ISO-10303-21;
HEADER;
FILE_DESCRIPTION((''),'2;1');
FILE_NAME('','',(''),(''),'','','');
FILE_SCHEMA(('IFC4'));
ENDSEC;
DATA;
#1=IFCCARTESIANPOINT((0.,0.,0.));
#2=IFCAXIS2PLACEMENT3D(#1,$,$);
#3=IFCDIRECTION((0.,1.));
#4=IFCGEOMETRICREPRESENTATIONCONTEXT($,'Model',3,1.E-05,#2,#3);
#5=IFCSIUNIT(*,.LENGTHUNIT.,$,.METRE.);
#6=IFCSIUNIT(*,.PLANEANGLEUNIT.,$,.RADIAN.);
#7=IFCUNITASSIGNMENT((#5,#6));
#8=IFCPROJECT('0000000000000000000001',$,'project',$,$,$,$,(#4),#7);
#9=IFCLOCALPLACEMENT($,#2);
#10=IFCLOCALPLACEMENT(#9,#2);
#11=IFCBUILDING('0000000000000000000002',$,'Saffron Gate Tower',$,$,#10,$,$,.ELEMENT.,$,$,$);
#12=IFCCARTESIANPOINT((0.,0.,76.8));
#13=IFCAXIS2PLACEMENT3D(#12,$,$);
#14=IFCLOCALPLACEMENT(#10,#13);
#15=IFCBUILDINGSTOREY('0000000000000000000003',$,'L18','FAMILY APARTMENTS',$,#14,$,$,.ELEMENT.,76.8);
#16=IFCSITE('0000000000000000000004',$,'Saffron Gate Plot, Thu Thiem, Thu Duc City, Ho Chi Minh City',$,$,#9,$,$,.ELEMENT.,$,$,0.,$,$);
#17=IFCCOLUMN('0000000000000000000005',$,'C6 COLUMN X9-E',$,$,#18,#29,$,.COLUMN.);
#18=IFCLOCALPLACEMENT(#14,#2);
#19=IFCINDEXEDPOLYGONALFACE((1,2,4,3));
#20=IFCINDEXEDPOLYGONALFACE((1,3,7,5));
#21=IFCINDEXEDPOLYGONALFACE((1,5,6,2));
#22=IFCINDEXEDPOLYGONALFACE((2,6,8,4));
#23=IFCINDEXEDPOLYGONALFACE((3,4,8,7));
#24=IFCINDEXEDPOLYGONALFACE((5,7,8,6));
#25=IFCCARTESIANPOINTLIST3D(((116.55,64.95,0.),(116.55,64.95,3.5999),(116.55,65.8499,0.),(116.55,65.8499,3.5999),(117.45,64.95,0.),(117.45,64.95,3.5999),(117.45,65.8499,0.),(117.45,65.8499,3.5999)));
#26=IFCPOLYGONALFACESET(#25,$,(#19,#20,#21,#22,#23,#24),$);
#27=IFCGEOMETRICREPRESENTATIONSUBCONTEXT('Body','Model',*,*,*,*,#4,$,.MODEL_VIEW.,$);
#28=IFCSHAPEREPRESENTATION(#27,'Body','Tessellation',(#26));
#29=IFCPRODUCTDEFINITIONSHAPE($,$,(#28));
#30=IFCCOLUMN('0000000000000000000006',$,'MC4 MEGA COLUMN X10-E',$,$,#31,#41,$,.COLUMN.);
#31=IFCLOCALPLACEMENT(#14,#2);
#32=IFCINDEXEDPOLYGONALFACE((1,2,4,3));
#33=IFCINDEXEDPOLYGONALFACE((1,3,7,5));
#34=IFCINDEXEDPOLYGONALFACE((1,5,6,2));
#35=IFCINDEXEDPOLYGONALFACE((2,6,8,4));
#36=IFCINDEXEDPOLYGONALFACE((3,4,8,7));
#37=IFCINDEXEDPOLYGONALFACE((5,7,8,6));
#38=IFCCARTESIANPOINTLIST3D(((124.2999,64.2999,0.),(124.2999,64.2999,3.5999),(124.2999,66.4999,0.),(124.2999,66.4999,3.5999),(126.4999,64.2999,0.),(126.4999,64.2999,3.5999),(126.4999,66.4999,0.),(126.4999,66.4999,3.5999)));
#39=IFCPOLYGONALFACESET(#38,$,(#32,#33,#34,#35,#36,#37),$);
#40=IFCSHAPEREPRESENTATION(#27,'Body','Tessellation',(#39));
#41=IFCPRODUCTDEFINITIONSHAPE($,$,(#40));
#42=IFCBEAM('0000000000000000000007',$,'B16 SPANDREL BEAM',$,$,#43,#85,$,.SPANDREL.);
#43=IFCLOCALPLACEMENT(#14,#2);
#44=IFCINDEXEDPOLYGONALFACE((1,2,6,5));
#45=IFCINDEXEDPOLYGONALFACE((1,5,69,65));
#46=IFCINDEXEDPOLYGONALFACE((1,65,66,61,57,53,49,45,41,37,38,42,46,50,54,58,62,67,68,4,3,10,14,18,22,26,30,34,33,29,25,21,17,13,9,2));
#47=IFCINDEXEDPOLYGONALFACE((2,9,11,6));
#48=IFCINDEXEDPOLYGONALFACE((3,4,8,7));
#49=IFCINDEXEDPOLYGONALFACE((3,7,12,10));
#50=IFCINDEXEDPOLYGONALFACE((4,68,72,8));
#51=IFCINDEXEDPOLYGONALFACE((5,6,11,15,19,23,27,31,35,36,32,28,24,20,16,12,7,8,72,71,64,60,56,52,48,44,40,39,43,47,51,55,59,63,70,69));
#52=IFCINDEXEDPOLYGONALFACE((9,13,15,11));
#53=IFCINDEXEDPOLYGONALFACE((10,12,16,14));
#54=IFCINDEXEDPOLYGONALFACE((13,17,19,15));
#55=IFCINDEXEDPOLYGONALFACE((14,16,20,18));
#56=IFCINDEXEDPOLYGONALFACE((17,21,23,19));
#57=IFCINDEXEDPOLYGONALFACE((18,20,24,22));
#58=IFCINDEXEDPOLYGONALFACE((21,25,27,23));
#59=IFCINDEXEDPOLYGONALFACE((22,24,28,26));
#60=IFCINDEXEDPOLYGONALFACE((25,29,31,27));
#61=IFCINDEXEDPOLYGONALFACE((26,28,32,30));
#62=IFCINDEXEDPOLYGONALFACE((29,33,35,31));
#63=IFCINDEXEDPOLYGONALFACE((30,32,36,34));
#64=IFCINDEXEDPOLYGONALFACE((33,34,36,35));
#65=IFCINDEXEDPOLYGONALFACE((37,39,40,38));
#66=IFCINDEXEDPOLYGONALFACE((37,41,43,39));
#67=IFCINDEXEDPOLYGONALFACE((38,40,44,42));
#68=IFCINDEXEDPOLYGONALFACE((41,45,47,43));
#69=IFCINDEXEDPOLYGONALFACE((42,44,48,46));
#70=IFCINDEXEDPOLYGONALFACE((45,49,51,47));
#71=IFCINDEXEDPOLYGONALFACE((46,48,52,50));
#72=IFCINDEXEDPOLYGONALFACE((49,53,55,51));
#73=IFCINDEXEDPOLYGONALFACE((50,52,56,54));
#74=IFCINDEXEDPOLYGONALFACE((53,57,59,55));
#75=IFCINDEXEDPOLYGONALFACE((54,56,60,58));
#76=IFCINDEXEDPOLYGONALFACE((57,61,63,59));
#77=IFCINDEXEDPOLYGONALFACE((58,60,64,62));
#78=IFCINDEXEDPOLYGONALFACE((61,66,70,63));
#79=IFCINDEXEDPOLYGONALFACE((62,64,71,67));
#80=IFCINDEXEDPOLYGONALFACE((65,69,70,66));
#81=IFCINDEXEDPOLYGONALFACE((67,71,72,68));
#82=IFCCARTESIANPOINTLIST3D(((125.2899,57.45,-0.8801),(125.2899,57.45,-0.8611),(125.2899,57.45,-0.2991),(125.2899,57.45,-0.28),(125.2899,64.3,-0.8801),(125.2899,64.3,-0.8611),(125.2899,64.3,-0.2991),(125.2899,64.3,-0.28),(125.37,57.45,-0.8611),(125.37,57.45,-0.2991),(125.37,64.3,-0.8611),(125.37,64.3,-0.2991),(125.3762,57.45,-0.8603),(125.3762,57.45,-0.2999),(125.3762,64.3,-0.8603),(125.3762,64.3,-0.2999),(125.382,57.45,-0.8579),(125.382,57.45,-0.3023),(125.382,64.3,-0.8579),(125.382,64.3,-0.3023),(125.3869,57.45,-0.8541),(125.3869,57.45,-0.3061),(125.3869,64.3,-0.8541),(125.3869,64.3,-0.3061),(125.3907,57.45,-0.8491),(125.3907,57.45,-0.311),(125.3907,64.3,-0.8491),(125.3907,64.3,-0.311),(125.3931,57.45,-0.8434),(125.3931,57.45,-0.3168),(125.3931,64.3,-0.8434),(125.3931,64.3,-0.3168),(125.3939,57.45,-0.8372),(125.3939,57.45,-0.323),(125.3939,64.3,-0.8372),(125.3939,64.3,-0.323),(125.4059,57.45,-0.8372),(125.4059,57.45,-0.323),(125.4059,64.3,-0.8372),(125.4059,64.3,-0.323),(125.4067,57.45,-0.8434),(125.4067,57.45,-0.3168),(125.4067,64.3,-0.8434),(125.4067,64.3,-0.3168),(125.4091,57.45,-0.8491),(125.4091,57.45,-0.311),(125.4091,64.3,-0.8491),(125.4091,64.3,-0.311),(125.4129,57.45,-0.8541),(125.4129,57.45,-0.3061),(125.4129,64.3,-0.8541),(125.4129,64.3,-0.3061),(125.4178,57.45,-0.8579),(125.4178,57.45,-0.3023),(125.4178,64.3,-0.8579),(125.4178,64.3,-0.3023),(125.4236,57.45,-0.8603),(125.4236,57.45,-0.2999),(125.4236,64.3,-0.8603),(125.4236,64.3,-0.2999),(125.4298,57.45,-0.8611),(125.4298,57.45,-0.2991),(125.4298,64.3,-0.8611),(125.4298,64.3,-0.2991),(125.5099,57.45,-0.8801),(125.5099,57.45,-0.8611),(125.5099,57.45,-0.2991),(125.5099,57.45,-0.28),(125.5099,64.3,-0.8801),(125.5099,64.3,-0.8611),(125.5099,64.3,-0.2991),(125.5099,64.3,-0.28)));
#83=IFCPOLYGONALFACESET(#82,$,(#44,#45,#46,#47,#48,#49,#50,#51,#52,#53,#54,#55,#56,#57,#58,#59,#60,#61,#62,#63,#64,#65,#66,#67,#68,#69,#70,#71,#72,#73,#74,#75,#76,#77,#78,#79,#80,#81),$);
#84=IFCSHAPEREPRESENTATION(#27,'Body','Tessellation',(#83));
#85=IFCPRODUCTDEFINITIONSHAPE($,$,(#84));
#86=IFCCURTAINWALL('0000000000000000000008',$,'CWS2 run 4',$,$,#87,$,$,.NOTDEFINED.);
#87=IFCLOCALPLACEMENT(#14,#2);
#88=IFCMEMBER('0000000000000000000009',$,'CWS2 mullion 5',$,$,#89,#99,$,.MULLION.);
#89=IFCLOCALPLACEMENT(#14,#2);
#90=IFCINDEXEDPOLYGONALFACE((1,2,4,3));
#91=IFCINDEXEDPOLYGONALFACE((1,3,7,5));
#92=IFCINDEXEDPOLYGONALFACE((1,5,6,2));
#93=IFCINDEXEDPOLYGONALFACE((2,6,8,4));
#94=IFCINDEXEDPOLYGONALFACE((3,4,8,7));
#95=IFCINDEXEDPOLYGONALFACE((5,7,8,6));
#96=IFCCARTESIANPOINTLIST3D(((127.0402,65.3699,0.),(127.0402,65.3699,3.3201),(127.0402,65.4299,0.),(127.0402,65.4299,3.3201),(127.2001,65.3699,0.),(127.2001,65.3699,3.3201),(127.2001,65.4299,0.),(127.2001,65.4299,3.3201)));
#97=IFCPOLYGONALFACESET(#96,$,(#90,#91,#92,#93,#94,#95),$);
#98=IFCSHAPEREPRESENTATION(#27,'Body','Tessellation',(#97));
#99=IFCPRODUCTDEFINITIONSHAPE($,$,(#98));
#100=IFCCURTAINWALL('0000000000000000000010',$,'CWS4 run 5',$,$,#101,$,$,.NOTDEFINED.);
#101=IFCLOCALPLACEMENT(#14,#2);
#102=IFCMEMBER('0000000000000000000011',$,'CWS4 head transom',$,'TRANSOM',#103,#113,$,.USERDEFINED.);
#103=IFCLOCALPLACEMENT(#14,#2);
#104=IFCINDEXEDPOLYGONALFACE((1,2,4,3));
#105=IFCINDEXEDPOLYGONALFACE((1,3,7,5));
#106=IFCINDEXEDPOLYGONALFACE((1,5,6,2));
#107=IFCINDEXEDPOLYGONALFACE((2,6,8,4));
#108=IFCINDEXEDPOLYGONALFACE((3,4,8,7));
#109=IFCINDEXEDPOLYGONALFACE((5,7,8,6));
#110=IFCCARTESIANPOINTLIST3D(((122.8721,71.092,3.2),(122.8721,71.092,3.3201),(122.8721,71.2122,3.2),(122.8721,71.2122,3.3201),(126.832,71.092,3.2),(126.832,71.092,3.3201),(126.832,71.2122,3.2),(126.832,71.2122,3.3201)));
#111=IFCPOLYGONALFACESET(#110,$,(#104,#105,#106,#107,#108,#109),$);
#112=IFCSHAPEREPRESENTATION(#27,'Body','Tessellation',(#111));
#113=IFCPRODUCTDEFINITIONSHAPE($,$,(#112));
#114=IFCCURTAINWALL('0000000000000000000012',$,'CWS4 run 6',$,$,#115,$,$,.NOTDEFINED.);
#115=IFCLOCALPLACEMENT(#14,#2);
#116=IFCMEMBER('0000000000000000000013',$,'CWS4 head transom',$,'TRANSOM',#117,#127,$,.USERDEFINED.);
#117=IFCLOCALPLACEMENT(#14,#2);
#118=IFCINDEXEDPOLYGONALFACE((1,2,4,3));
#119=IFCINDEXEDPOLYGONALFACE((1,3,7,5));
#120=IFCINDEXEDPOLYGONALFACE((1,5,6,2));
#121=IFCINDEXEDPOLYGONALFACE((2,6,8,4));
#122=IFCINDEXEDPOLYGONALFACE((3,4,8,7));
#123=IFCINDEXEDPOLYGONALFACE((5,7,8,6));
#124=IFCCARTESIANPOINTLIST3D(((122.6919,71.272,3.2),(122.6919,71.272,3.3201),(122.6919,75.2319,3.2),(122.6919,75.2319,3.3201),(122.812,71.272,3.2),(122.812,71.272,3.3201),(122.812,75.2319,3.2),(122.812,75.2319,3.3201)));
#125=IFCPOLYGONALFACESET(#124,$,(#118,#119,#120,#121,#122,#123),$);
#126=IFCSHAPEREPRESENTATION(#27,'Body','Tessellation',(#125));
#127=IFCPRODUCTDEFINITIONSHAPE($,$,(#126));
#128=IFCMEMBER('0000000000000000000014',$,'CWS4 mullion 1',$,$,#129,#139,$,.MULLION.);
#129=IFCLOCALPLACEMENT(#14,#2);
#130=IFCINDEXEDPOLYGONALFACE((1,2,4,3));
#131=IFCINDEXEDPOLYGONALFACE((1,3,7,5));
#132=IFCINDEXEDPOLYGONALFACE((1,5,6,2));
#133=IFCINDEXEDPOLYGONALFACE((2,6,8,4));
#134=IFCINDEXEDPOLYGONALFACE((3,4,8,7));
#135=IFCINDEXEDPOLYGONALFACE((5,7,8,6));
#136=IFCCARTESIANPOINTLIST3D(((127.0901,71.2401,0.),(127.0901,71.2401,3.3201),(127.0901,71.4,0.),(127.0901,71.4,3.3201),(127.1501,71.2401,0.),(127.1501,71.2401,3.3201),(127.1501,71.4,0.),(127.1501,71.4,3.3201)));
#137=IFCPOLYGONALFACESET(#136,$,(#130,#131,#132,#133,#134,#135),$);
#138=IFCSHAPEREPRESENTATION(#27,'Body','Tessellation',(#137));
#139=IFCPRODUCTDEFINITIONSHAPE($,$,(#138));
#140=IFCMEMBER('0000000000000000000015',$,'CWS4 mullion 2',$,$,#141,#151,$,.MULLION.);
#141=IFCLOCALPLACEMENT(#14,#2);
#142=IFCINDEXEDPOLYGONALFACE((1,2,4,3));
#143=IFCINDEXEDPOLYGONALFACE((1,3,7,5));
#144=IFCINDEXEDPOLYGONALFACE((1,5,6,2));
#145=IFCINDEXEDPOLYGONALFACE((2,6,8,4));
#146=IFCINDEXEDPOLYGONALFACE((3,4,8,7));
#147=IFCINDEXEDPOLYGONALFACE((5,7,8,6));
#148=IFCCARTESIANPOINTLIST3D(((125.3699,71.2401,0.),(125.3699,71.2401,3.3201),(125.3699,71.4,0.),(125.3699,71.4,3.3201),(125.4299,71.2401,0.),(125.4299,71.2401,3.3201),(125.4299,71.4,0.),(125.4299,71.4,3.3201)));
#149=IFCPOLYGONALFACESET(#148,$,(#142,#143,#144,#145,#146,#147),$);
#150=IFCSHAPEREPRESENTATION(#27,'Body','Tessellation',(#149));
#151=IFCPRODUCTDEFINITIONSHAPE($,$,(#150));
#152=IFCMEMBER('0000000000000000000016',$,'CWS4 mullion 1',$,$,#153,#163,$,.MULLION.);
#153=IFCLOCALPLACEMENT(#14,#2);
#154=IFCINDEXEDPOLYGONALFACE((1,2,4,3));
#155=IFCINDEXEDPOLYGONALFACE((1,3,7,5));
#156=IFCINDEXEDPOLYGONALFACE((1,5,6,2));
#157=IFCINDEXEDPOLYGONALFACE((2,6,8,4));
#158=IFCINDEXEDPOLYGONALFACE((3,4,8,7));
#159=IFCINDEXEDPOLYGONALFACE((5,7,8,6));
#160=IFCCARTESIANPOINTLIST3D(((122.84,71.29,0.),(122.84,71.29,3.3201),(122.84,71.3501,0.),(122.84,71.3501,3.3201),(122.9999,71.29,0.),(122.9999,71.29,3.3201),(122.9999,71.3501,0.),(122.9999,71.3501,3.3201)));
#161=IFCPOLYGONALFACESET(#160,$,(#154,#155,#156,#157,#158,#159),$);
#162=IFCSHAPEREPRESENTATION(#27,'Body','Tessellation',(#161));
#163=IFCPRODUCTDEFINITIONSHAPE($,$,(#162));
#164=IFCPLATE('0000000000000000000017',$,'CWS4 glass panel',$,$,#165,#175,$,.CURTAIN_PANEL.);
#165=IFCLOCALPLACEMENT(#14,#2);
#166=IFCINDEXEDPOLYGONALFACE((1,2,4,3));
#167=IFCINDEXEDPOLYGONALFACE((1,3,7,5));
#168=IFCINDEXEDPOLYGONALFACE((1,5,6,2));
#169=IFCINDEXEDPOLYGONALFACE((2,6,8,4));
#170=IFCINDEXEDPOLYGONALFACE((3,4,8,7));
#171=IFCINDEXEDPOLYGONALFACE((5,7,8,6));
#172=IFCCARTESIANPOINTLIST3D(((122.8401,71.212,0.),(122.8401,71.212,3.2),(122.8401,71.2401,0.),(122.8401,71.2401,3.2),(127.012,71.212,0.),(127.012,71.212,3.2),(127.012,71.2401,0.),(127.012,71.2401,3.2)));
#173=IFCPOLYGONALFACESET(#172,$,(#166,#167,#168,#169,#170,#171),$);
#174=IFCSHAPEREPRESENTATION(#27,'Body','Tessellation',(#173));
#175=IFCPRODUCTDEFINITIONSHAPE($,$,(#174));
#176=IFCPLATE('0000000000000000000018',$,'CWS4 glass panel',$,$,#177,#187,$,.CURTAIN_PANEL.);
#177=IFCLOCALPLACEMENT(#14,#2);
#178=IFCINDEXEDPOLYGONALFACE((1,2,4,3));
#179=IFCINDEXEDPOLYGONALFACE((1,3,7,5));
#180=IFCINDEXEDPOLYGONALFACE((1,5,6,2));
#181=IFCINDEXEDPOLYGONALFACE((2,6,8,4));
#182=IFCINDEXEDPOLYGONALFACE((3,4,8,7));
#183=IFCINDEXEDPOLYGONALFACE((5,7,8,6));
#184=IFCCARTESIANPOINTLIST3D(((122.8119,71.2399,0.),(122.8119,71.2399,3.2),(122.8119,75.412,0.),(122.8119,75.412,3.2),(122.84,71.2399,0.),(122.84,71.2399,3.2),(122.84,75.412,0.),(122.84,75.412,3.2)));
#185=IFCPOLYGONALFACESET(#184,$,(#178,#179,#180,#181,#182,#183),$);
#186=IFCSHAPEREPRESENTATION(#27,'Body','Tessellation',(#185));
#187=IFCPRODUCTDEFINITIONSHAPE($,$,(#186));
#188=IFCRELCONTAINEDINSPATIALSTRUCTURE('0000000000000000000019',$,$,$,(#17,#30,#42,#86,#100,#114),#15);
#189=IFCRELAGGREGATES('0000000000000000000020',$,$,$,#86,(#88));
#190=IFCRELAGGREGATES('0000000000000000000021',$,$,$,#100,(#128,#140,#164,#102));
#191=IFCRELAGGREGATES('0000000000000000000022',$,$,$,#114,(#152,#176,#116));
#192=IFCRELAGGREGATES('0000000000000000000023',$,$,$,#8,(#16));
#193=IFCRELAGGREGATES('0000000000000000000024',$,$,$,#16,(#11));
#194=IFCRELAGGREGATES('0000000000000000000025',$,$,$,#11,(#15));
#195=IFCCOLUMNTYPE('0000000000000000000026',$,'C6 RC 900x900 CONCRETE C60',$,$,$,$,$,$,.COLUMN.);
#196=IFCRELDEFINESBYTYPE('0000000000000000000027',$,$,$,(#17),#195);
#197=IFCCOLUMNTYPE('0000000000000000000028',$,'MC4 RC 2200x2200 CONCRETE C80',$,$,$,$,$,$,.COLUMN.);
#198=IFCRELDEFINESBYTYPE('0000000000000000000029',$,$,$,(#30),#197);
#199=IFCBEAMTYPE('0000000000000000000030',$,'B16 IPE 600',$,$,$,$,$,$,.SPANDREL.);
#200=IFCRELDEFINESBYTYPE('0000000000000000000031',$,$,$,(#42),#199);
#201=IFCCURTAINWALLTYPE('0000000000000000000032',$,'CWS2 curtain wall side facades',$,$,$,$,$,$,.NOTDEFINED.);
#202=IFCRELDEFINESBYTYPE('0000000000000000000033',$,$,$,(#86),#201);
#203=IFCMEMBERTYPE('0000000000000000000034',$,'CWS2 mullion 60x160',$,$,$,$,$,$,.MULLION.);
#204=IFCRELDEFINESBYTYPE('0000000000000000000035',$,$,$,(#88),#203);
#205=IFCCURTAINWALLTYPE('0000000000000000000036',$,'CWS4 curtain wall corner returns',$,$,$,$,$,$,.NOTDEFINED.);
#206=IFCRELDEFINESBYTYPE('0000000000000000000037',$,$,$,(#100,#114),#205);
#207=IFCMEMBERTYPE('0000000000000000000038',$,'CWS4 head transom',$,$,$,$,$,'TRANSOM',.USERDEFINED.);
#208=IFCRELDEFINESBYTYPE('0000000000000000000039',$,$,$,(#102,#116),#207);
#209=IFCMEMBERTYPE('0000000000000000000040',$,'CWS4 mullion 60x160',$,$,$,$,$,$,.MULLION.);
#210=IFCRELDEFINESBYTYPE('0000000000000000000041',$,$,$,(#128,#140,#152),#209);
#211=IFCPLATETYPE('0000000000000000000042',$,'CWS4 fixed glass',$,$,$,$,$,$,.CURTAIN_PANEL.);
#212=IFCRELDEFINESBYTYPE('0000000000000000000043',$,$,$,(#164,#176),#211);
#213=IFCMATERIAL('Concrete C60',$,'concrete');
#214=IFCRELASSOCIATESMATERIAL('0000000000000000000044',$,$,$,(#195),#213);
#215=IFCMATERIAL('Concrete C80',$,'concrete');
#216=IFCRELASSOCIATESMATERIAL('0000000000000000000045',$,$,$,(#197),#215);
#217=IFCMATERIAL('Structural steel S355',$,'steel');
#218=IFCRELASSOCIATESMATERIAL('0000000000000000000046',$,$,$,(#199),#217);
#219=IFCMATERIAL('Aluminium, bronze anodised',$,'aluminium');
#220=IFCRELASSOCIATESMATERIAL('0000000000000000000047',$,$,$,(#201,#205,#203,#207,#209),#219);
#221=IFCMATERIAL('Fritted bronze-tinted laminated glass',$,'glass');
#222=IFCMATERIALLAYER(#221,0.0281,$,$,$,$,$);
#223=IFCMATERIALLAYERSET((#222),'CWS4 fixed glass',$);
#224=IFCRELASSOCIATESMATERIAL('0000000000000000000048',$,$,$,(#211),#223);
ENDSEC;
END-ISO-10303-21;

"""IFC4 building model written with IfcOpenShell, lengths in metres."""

from ifc_helpers import new_model, si_unit, direction, frame, frame_2d, origin, origin_2d, place, context, subcontext, project, spatial, rectangle, i_section, extrude, material, layer, layer_set, material_profile, profile_set, type_object, element, aggregate, save


model = new_model("IFC4")

# Units and contexts
model_context = context("Model", 3, precision=1e-05, world=origin(), true_north=direction((0.0, 1.0)))
body_context = subcontext(model_context, "Body", "Model", "MODEL_VIEW")
ifc_project = project(units=[si_unit("LENGTHUNIT", "METRE"), si_unit("PLANEANGLEUNIT", "RADIAN")], contexts=[model_context])

# Site, building, storey
site_placement = place(None, origin())
site = spatial("IfcSite", under=ifc_project, at=site_placement, Name="Saffron Gate Plot, Thu Thiem, Thu Duc City, Ho Chi Minh City", CompositionType="ELEMENT", RefElevation=0.0)
building_placement = place(site_placement, origin())
building = spatial("IfcBuilding", under=site, at=building_placement, Name="Saffron Gate Tower", CompositionType="ELEMENT")
storey_placement = place(building_placement, frame((0.0, 0.0, 76.8)))
storey = spatial("IfcBuildingStorey", under=building, at=storey_placement, Name="L18", Description="FAMILY APARTMENTS", CompositionType="ELEMENT", Elevation=76.8)

# Columns
ifc_material_1 = material(Name="Concrete C60", Category="concrete")
ifc_material_profile_1 = material_profile(ifc_material_1, rectangle(XDim=0.8999, YDim=0.8999, at=origin_2d()))
ifc_profile_set_1 = profile_set([ifc_material_profile_1], Name="Concrete C60")
column_type_1 = type_object("IfcColumnType", Name="C6 RC 900x900 CONCRETE C60", PredefinedType="COLUMN", material=ifc_profile_set_1)
column_1_placement = place(storey_placement, frame((117.0, 65.3999, 0.0), z_axis=(0.0, 0.0, 1.0), x_axis=(1.0, 0.0, 0.0)))
element("IfcColumn", 1, at=column_1_placement, inside=storey, type_object=column_type_1, Name="C6 COLUMN X9-E", PredefinedType="COLUMN", context=body_context, shape_type="SweptSolid", body=[
    extrude(rectangle(XDim=0.8999, YDim=0.8999, at=origin_2d()), origin(), (0.0, 0.0, 1.0), 3.5999),
])
ifc_material_2 = material(Name="Concrete C80", Category="concrete")
ifc_material_profile_2 = material_profile(ifc_material_2, rectangle(XDim=2.2, YDim=2.2, at=origin_2d()))
ifc_profile_set_2 = profile_set([ifc_material_profile_2], Name="Concrete C80")
column_type_2 = type_object("IfcColumnType", Name="MC4 RC 2200x2200 CONCRETE C80", PredefinedType="COLUMN", material=ifc_profile_set_2)
column_2_placement = place(storey_placement, frame((125.3999, 65.3999, 0.0), z_axis=(0.0, 0.0, 1.0), x_axis=(1.0, 0.0, 0.0)))
element("IfcColumn", 2, at=column_2_placement, inside=storey, type_object=column_type_2, Name="MC4 MEGA COLUMN X10-E", PredefinedType="COLUMN", context=body_context, shape_type="SweptSolid", body=[
    extrude(rectangle(XDim=2.2, YDim=2.2, at=origin_2d()), origin(), (0.0, 0.0, 1.0), 3.5999),
])

# Beam
ifc_material_3 = material(Name="Structural steel S355", Category="steel")
ifc_material_profile_3 = material_profile(ifc_material_3, i_section(OverallWidth=0.22, OverallDepth=0.6001, WebThickness=0.012, FlangeThickness=0.019, FilletRadius=0.0239, at=origin_2d()))
ifc_profile_set_3 = profile_set([ifc_material_profile_3], Name="Structural steel S355")
beam_type = type_object("IfcBeamType", Name="B16 IPE 600", PredefinedType="SPANDREL", material=ifc_profile_set_3)
beam_placement = place(storey_placement, frame((125.3999, 57.45, -0.5801), z_axis=(0.0, 1.0, 0.0), x_axis=(-1.0, 0.0, 0.0)))
element("IfcBeam", 3, at=beam_placement, inside=storey, type_object=beam_type, Name="B16 SPANDREL BEAM", PredefinedType="SPANDREL", context=body_context, shape_type="SweptSolid", body=[
    extrude(i_section(OverallWidth=0.22, OverallDepth=0.6001, WebThickness=0.012, FlangeThickness=0.019, FilletRadius=0.0239, at=origin_2d()), origin(), (0.0, 0.0, 1.0), 6.8501),
])

# Curtain walls, members
ifc_material_4 = material(Name="Aluminium, bronze anodised", Category="aluminium")
curtain_wall_type_1 = type_object("IfcCurtainWallType", Name="CWS2 curtain wall side facades", PredefinedType="NOTDEFINED", material=ifc_material_4)
curtain_wall_1_placement = place(storey_placement, origin())
curtain_wall_1 = element("IfcCurtainWall", 4, at=curtain_wall_1_placement, inside=storey, type_object=curtain_wall_type_1, Name="CWS2 run 4", PredefinedType="NOTDEFINED")
ifc_material_profile_4 = material_profile(ifc_material_4, rectangle(XDim=0.1599, YDim=0.0601, at=origin_2d()))
ifc_profile_set_4 = profile_set([ifc_material_profile_4], Name="Aluminium, bronze anodised")
member_type_1 = type_object("IfcMemberType", Name="CWS2 mullion 60x160", PredefinedType="MULLION", material=ifc_profile_set_4)
member_1_placement = place(storey_placement, frame((127.1201, 65.3999, 0.0), z_axis=(0.0, 0.0, 1.0), x_axis=(-1.0, 0.0, 0.0)))
member_1 = element("IfcMember", 5, at=member_1_placement, type_object=member_type_1, Name="CWS2 mullion 5", PredefinedType="MULLION", context=body_context, shape_type="SweptSolid", body=[
    extrude(rectangle(XDim=0.1599, YDim=0.0601, at=origin_2d()), origin(), (0.0, 0.0, 1.0), 3.3201),
])
aggregate(curtain_wall_1, [member_1])
curtain_wall_type_2 = type_object("IfcCurtainWallType", Name="CWS4 curtain wall corner returns", PredefinedType="NOTDEFINED", material=ifc_material_4)
curtain_wall_2_placement = place(storey_placement, origin())
curtain_wall_2 = element("IfcCurtainWall", 6, at=curtain_wall_2_placement, inside=storey, type_object=curtain_wall_type_2, Name="CWS4 run 5", PredefinedType="NOTDEFINED")
ifc_material_profile_5 = material_profile(ifc_material_4, rectangle(XDim=0.1201, YDim=0.1201, at=origin_2d()))
ifc_profile_set_5 = profile_set([ifc_material_profile_5], Name="Aluminium, bronze anodised")
member_type_2 = type_object("IfcMemberType", Name="CWS4 head transom", ElementType="TRANSOM", PredefinedType="USERDEFINED", material=ifc_profile_set_5)
member_2_placement = place(storey_placement, frame((126.832, 71.1521, 3.26), z_axis=(-1.0, 0.0, 0.0), x_axis=(0.0, -1.0, 0.0)))
member_2 = element("IfcMember", 7, at=member_2_placement, type_object=member_type_2, Name="CWS4 head transom", ObjectType="TRANSOM", PredefinedType="USERDEFINED", context=body_context, shape_type="SweptSolid", body=[
    extrude(rectangle(XDim=0.1201, YDim=0.1201, at=origin_2d()), origin(), (0.0, 0.0, 1.0), 3.96),
])
curtain_wall_3_placement = place(storey_placement, origin())
curtain_wall_3 = element("IfcCurtainWall", 8, at=curtain_wall_3_placement, inside=storey, type_object=curtain_wall_type_2, Name="CWS4 run 6", PredefinedType="NOTDEFINED")
member_3_placement = place(storey_placement, frame((122.752, 71.272, 3.26), z_axis=(0.0, 1.0, 0.0), x_axis=(-1.0, 0.0, 0.0)))
member_3 = element("IfcMember", 9, at=member_3_placement, type_object=member_type_2, Name="CWS4 head transom", ObjectType="TRANSOM", PredefinedType="USERDEFINED", context=body_context, shape_type="SweptSolid", body=[
    extrude(rectangle(XDim=0.1201, YDim=0.1201, at=origin_2d()), origin(), (0.0, 0.0, 1.0), 3.96),
])

# Members
ifc_material_profile_6 = material_profile(ifc_material_4, rectangle(XDim=0.1599, YDim=0.0601, at=origin_2d()))
ifc_profile_set_6 = profile_set([ifc_material_profile_6], Name="Aluminium, bronze anodised")
member_type_3 = type_object("IfcMemberType", Name="CWS4 mullion 60x160", PredefinedType="MULLION", material=ifc_profile_set_6)
member_4_placement = place(storey_placement, frame((127.1201, 71.3201, 0.0), z_axis=(0.0, 0.0, 1.0), x_axis=(0.0, -1.0, 0.0)))
member_4 = element("IfcMember", 10, at=member_4_placement, type_object=member_type_3, Name="CWS4 mullion 1", PredefinedType="MULLION", context=body_context, shape_type="SweptSolid", body=[
    extrude(rectangle(XDim=0.1599, YDim=0.0601, at=origin_2d()), origin(), (0.0, 0.0, 1.0), 3.3201),
])
member_5_placement = place(storey_placement, frame((125.3999, 71.3201, 0.0), z_axis=(0.0, 0.0, 1.0), x_axis=(0.0, -1.0, 0.0)))
member_5 = element("IfcMember", 11, at=member_5_placement, type_object=member_type_3, Name="CWS4 mullion 2", PredefinedType="MULLION", context=body_context, shape_type="SweptSolid", body=[
    extrude(rectangle(XDim=0.1599, YDim=0.0601, at=origin_2d()), origin(), (0.0, 0.0, 1.0), 3.3201),
])
member_6_placement = place(storey_placement, frame((122.9199, 71.3201, 0.0), z_axis=(0.0, 0.0, 1.0), x_axis=(-1.0, 0.0, 0.0)))
member_6 = element("IfcMember", 12, at=member_6_placement, type_object=member_type_3, Name="CWS4 mullion 1", PredefinedType="MULLION", context=body_context, shape_type="SweptSolid", body=[
    extrude(rectangle(XDim=0.1599, YDim=0.0601, at=origin_2d()), origin(), (0.0, 0.0, 1.0), 3.3201),
])

# Plates
ifc_material_5 = material(Name="Fritted bronze-tinted laminated glass", Category="glass")
ifc_layer_1 = layer(ifc_material_5, 0.0281)
ifc_layer_set_1 = layer_set([ifc_layer_1], Name="CWS4 fixed glass")
plate_type = type_object("IfcPlateType", Name="CWS4 fixed glass", PredefinedType="CURTAIN_PANEL", material=ifc_layer_set_1)
plate_1_placement = place(storey_placement, frame((127.012, 71.2261, 0.0), z_axis=(0.0, 0.0, 1.0), x_axis=(-1.0, 0.0, 0.0)))
plate_1 = element("IfcPlate", 13, at=plate_1_placement, type_object=plate_type, Name="CWS4 glass panel", PredefinedType="CURTAIN_PANEL", context=body_context, shape_type="SweptSolid", body=[
    extrude(rectangle(XDim=4.1719, YDim=0.0281, at=frame_2d((2.0859, 0.0))), origin(), (0.0, 0.0, 1.0), 3.2),
])
aggregate(curtain_wall_2, [member_4, member_5, plate_1, member_2])
plate_2_placement = place(storey_placement, frame((122.8259, 71.24, 0.0), z_axis=(0.0, 0.0, 1.0), x_axis=(0.0, 1.0, 0.0)))
plate_2 = element("IfcPlate", 14, at=plate_2_placement, type_object=plate_type, Name="CWS4 glass panel", PredefinedType="CURTAIN_PANEL", context=body_context, shape_type="SweptSolid", body=[
    extrude(rectangle(XDim=4.1721, YDim=0.0281, at=frame_2d((2.0859, 0.0))), origin(), (0.0, 0.0, 1.0), 3.2),
])
aggregate(curtain_wall_3, [member_6, plate_2, member_3])

save(model, "model.ifc")
